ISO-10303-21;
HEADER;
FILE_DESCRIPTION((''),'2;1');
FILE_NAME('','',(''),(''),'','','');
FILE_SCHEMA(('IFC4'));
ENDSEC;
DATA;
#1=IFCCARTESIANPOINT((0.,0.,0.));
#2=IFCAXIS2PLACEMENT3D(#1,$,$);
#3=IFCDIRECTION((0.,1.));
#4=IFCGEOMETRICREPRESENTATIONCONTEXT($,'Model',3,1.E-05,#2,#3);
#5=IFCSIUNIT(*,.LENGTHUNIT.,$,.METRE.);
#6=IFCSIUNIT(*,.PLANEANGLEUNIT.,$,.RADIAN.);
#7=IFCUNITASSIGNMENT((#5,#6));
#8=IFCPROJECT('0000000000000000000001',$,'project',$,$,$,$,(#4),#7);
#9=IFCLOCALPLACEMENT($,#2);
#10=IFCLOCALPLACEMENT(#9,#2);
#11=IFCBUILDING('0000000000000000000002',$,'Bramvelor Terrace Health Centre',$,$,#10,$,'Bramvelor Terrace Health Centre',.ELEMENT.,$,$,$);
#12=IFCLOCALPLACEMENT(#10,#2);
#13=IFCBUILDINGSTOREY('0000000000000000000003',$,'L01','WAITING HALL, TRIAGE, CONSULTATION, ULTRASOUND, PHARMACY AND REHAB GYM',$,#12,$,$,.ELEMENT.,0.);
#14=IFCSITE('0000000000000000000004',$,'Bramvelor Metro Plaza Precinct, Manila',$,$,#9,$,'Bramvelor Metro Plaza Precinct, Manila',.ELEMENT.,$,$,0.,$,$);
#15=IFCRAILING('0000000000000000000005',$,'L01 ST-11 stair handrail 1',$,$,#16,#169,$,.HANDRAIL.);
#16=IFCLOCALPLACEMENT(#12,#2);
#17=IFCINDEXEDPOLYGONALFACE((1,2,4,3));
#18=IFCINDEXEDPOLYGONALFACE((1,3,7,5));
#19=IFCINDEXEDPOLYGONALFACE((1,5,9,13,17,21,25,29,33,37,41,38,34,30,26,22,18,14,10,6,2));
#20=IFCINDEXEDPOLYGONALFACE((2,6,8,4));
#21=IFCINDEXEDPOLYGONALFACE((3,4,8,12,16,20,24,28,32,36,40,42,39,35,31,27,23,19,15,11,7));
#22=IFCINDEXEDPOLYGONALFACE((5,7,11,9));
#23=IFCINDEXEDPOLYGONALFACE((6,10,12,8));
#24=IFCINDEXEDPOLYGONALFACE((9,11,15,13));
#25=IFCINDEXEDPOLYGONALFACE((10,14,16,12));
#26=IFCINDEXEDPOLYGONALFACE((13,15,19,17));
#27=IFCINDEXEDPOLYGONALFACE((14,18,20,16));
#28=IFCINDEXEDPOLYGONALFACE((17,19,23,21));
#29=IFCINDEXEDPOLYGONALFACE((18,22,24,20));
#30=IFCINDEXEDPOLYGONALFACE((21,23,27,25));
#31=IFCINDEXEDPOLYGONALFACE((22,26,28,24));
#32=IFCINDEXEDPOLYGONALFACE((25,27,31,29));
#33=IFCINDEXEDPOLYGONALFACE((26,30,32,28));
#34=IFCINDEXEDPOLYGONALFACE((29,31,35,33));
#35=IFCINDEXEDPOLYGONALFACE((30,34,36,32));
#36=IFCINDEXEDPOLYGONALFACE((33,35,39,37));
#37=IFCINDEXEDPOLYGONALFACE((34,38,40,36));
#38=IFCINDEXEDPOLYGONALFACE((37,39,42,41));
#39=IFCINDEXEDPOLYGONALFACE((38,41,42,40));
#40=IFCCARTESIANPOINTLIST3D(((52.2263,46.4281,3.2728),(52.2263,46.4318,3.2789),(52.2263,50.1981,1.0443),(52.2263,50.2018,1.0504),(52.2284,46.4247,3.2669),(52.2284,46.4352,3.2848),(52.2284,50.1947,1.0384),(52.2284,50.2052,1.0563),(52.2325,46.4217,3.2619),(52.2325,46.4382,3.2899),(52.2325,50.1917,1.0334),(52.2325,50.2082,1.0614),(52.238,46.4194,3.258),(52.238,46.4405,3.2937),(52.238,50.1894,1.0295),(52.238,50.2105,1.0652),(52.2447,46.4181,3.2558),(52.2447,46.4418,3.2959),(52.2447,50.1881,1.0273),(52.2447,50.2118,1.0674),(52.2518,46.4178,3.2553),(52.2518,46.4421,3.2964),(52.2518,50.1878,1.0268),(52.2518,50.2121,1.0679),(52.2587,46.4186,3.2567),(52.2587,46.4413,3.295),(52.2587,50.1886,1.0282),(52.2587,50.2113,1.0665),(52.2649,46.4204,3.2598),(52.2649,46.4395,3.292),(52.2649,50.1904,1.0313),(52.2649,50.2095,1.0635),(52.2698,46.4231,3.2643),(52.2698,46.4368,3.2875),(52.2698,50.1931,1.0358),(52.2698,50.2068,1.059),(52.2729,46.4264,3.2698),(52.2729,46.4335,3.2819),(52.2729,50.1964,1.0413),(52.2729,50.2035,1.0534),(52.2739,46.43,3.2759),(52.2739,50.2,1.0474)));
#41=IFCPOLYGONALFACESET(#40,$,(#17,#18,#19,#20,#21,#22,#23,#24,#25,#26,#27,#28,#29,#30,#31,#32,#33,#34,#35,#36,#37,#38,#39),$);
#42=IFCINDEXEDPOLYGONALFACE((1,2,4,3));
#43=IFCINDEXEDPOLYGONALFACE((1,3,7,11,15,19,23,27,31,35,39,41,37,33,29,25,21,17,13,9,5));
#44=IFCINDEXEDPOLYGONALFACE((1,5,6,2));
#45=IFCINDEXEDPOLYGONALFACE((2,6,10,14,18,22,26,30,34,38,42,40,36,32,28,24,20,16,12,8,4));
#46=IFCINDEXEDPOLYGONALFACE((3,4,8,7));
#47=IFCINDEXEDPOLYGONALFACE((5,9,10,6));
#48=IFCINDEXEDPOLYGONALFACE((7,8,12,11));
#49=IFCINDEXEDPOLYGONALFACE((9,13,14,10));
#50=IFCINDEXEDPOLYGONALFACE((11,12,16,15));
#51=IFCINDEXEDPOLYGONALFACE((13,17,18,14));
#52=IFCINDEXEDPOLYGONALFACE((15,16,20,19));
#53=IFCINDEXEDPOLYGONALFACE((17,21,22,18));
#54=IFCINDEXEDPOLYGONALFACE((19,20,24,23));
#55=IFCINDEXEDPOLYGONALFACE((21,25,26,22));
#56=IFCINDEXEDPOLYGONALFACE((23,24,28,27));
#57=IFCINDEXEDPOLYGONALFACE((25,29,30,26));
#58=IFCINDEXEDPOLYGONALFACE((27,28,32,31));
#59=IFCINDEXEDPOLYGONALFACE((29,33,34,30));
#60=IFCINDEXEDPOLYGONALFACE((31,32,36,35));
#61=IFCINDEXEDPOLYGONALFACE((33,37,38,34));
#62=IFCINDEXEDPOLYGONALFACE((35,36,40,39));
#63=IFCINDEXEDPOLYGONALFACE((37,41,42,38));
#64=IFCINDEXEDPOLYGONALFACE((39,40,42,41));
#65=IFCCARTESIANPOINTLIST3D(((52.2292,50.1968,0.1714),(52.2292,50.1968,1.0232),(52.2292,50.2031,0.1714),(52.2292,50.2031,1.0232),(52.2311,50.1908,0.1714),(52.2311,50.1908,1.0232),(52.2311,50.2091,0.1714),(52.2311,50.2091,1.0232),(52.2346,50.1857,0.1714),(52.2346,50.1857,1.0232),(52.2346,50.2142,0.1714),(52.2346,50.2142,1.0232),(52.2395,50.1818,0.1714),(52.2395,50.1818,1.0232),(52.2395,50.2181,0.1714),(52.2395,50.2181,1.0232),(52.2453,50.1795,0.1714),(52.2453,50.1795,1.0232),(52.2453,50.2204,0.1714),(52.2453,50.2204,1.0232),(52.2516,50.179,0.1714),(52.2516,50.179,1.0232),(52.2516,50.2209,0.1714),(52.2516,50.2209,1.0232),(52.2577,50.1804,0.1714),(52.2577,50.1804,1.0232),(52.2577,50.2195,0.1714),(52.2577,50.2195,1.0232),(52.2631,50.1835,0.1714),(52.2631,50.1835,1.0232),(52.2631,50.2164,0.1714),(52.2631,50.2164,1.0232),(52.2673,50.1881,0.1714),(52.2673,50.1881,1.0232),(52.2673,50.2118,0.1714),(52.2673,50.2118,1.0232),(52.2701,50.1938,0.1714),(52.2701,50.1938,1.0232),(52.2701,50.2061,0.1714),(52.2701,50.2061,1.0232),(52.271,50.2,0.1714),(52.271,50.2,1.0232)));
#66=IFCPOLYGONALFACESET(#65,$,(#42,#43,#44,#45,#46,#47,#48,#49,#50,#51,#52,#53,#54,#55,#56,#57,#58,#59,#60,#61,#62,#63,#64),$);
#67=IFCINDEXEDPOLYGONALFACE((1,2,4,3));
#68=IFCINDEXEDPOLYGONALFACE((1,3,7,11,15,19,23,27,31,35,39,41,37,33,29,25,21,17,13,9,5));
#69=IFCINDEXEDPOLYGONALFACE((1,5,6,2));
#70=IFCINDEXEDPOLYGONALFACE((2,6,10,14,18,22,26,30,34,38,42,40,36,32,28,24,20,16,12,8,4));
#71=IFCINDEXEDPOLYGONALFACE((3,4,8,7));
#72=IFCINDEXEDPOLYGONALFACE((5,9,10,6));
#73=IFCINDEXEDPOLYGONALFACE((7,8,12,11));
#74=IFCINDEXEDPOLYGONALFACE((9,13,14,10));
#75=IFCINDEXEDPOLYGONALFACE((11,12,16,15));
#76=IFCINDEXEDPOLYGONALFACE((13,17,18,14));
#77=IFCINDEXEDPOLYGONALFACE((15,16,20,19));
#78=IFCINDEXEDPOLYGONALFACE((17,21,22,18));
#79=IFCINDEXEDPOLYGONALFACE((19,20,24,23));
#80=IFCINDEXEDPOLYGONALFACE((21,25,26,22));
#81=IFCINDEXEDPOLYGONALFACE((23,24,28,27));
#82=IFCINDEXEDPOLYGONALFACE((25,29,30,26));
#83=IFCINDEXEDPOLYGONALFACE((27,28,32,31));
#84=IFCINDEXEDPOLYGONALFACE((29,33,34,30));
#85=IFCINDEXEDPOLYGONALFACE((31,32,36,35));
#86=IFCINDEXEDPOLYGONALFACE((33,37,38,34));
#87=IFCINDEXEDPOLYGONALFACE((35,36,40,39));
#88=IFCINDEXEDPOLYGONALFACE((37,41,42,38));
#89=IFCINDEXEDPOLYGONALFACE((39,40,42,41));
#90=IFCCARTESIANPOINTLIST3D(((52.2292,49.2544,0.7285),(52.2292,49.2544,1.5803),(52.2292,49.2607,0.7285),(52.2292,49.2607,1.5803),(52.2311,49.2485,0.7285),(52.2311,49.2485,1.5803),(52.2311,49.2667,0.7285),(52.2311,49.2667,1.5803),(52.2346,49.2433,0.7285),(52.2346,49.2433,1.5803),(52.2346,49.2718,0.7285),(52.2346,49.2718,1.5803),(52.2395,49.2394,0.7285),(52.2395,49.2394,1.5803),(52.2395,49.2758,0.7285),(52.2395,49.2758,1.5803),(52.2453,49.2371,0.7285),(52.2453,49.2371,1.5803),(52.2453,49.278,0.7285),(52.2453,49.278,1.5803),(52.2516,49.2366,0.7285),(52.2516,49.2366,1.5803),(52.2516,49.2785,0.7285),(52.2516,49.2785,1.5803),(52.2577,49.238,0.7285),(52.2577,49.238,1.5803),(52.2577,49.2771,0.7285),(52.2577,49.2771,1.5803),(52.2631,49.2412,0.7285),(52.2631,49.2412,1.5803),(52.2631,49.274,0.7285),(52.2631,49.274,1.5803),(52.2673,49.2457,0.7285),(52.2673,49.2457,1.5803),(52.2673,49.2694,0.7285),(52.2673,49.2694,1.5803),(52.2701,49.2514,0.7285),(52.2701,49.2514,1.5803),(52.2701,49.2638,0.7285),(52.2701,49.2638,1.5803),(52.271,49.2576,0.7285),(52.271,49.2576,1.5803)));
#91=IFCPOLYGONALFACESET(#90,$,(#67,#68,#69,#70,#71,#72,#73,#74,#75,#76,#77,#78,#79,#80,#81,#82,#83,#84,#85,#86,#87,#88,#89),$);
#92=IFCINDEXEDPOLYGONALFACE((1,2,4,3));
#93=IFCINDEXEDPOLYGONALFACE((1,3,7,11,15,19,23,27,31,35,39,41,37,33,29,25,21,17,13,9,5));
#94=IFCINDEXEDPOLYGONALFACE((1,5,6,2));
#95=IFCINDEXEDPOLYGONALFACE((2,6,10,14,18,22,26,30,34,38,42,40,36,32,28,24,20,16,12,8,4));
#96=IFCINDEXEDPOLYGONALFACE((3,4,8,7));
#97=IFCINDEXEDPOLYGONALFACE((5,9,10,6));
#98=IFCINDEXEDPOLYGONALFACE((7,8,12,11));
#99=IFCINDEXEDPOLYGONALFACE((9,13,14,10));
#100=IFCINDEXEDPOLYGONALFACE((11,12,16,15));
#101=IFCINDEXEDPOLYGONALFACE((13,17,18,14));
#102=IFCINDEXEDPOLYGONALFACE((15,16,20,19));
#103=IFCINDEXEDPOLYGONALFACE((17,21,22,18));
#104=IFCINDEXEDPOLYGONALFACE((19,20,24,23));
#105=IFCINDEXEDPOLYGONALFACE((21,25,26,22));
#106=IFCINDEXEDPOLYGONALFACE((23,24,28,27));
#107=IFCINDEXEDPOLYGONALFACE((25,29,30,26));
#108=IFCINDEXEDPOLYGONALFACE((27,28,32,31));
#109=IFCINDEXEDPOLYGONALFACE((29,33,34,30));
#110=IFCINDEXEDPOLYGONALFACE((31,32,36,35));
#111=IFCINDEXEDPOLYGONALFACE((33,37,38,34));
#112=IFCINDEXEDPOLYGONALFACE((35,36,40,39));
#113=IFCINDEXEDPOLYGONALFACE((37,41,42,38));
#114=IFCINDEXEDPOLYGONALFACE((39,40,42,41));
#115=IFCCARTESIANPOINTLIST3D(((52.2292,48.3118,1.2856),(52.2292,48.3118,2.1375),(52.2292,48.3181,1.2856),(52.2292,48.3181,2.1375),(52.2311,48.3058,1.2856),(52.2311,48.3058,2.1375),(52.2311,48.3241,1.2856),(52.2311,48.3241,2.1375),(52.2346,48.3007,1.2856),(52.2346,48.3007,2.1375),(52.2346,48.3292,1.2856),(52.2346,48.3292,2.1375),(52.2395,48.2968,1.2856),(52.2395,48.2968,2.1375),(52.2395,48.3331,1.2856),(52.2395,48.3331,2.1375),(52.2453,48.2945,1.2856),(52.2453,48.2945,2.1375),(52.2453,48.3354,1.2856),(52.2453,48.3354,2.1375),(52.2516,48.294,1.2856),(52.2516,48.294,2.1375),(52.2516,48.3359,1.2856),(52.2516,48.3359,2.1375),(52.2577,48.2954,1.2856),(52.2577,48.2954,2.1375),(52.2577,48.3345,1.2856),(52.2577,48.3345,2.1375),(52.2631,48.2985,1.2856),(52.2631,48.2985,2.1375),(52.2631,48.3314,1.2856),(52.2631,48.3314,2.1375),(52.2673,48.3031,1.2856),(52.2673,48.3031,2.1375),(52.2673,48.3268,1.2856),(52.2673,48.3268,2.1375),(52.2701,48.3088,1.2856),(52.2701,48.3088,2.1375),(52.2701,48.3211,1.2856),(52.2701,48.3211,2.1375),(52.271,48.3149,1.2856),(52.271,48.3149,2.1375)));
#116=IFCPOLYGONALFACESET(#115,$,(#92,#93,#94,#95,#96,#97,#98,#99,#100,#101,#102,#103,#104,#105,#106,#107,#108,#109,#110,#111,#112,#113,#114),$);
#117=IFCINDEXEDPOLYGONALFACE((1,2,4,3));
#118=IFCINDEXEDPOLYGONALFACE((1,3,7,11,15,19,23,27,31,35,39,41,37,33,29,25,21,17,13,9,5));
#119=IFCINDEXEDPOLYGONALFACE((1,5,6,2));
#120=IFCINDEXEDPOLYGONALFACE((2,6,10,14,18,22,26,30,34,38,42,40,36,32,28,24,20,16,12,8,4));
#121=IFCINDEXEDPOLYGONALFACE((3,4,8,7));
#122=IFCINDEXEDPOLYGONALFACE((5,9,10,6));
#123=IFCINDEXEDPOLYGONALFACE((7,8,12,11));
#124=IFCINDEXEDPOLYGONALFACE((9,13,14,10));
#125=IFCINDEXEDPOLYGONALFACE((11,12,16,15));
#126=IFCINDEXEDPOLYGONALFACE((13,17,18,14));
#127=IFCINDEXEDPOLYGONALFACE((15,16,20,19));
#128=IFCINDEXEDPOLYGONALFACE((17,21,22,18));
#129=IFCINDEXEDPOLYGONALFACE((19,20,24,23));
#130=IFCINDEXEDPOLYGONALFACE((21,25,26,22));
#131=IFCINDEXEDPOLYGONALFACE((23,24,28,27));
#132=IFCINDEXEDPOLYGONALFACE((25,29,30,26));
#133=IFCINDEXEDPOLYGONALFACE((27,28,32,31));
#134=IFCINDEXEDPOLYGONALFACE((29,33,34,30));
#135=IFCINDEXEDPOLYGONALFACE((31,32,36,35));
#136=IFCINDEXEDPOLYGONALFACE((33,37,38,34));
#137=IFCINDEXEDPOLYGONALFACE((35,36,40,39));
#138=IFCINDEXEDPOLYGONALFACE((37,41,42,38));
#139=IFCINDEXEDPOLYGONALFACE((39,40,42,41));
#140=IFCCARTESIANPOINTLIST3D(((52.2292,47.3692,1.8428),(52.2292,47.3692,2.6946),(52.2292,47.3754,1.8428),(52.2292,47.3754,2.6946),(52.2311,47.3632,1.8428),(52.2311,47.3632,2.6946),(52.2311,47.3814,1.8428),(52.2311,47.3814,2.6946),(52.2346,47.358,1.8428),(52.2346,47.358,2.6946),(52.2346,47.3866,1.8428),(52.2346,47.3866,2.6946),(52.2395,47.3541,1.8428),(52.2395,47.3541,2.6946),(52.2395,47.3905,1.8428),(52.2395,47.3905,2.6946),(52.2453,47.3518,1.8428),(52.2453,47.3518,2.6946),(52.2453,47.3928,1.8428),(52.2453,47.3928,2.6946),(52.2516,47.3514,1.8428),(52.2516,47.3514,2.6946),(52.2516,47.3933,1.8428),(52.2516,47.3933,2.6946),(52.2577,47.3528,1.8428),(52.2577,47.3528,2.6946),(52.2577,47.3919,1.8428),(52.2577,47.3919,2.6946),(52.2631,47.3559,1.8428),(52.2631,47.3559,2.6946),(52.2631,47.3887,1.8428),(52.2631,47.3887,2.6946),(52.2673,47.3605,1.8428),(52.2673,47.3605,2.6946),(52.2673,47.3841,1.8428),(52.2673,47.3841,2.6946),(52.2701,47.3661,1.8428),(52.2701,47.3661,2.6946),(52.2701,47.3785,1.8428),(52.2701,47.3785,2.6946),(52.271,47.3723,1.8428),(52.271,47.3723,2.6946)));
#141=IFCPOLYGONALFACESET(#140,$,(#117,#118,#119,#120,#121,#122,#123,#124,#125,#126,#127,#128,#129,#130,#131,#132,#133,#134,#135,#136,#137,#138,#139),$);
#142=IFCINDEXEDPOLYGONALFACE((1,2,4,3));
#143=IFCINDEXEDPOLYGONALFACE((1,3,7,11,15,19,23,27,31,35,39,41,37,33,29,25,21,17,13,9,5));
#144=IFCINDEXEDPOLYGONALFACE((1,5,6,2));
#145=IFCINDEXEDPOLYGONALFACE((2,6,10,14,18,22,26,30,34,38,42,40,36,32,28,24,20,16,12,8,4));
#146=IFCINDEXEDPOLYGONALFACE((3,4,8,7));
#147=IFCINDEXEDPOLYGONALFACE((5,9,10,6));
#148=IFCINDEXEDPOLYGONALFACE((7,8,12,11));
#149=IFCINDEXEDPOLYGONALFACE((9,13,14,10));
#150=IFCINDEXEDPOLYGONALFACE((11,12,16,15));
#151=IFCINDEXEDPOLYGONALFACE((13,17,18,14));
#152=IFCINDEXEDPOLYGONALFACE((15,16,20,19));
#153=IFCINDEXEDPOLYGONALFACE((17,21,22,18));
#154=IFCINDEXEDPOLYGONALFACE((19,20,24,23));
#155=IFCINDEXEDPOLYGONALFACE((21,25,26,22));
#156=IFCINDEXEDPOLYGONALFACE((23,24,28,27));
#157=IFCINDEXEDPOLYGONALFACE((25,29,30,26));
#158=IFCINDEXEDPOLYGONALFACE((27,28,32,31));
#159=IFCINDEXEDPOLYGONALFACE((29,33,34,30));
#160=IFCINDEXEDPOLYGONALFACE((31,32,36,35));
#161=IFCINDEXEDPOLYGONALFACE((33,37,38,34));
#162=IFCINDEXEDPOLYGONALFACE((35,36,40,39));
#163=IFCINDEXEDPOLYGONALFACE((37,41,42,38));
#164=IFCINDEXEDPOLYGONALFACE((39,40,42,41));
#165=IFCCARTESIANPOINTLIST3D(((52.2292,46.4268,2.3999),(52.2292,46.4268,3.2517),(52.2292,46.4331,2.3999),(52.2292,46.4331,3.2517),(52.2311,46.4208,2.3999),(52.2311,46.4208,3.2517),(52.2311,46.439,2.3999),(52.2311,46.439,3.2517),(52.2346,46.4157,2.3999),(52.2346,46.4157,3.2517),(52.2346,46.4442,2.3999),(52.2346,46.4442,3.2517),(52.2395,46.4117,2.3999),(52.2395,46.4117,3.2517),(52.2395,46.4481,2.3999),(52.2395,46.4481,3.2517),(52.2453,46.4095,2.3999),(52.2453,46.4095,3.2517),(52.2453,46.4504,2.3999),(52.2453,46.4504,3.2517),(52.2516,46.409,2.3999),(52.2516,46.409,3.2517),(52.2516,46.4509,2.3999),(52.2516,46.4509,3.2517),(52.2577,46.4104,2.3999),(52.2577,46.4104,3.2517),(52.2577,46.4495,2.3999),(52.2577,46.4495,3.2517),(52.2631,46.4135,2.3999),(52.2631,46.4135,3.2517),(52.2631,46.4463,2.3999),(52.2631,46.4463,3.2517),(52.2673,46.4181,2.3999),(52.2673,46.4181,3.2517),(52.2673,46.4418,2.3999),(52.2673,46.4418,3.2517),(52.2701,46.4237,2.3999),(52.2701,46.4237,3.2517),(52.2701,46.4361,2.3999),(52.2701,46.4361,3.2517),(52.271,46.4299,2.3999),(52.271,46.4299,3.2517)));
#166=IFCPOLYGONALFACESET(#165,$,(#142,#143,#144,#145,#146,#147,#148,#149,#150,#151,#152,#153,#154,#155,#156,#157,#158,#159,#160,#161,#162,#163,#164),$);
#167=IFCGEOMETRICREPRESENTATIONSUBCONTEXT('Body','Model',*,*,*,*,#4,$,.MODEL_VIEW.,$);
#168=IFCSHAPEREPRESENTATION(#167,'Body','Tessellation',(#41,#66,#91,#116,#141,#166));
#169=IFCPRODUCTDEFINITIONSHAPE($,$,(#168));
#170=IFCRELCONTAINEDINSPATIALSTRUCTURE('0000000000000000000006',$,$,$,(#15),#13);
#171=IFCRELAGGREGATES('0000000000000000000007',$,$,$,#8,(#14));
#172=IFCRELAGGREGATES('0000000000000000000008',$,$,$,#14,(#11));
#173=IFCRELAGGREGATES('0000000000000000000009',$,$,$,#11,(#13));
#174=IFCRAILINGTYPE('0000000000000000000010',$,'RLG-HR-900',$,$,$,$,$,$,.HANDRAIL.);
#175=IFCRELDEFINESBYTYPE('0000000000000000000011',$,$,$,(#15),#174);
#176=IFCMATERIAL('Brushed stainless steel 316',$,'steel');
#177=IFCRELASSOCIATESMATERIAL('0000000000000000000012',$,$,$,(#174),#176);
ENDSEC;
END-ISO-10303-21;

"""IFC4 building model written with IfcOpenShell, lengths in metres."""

from ifc_helpers import new_model, si_unit, direction, frame, origin, origin_2d, place, context, subcontext, project, spatial, circle, extrude, material, type_object, element, save


model = new_model("IFC4")

# Units and contexts
model_context = context("Model", 3, precision=1e-05, world=origin(), true_north=direction((0.0, 1.0)))
body_context = subcontext(model_context, "Body", "Model", "MODEL_VIEW")
ifc_project = project(units=[si_unit("LENGTHUNIT", "METRE"), si_unit("PLANEANGLEUNIT", "RADIAN")], contexts=[model_context])

# Site, building, storey
site_placement = place(None, origin())
site = spatial("IfcSite", under=ifc_project, at=site_placement, Name="Bramvelor Metro Plaza Precinct, Manila", LongName="Bramvelor Metro Plaza Precinct, Manila", CompositionType="ELEMENT", RefElevation=0.0)
building_placement = place(site_placement, origin())
building = spatial("IfcBuilding", under=site, at=building_placement, Name="Bramvelor Terrace Health Centre", LongName="Bramvelor Terrace Health Centre", CompositionType="ELEMENT")
storey_placement = place(building_placement, origin())
storey = spatial("IfcBuildingStorey", under=building, at=storey_placement, Name="L01", Description="WAITING HALL, TRIAGE, CONSULTATION, ULTRASOUND, PHARMACY AND REHAB GYM", CompositionType="ELEMENT", Elevation=0.0)

# Railing
ifc_material_1 = material(Name="Brushed stainless steel 316", Category="steel")
railing_type_1 = type_object("IfcRailingType", Name="RLG-HR-900", PredefinedType="HANDRAIL", material=ifc_material_1)
railing_1_placement = place(storey_placement, frame((52.25, 50.2, 0.1714)))
element("IfcRailing", 1, at=railing_1_placement, inside=storey, type_object=railing_type_1, Name="L01 ST-11 stair handrail 1", PredefinedType="HANDRAIL", context=body_context, shape_type="SweptSolid", body=[
    extrude(circle(Radius=0.0239, at=origin_2d()), frame((0.0, 0.0, 0.876), z_axis=(0.0, -0.860849, 0.508861), x_axis=(1.0, 0.0, 0.0)), (0.0, 0.0, 1.0), 4.3794),
    extrude(circle(Radius=0.021, at=origin_2d()), origin(), (0.0, 0.0, 1.0), 0.8518),
    extrude(circle(Radius=0.021, at=origin_2d()), frame((0.0, -0.9424, 0.5571)), (0.0, 0.0, 1.0), 0.8518),
    extrude(circle(Radius=0.021, at=origin_2d()), frame((0.0, -1.885, 1.1143)), (0.0, 0.0, 1.0), 0.8518),
    extrude(circle(Radius=0.021, at=origin_2d()), frame((0.0, -2.8276, 1.6714)), (0.0, 0.0, 1.0), 0.8518),
    extrude(circle(Radius=0.021, at=origin_2d()), frame((0.0, -3.77, 2.2285)), (0.0, 0.0, 1.0), 0.8518),
])

save(model, "model.ifc")
